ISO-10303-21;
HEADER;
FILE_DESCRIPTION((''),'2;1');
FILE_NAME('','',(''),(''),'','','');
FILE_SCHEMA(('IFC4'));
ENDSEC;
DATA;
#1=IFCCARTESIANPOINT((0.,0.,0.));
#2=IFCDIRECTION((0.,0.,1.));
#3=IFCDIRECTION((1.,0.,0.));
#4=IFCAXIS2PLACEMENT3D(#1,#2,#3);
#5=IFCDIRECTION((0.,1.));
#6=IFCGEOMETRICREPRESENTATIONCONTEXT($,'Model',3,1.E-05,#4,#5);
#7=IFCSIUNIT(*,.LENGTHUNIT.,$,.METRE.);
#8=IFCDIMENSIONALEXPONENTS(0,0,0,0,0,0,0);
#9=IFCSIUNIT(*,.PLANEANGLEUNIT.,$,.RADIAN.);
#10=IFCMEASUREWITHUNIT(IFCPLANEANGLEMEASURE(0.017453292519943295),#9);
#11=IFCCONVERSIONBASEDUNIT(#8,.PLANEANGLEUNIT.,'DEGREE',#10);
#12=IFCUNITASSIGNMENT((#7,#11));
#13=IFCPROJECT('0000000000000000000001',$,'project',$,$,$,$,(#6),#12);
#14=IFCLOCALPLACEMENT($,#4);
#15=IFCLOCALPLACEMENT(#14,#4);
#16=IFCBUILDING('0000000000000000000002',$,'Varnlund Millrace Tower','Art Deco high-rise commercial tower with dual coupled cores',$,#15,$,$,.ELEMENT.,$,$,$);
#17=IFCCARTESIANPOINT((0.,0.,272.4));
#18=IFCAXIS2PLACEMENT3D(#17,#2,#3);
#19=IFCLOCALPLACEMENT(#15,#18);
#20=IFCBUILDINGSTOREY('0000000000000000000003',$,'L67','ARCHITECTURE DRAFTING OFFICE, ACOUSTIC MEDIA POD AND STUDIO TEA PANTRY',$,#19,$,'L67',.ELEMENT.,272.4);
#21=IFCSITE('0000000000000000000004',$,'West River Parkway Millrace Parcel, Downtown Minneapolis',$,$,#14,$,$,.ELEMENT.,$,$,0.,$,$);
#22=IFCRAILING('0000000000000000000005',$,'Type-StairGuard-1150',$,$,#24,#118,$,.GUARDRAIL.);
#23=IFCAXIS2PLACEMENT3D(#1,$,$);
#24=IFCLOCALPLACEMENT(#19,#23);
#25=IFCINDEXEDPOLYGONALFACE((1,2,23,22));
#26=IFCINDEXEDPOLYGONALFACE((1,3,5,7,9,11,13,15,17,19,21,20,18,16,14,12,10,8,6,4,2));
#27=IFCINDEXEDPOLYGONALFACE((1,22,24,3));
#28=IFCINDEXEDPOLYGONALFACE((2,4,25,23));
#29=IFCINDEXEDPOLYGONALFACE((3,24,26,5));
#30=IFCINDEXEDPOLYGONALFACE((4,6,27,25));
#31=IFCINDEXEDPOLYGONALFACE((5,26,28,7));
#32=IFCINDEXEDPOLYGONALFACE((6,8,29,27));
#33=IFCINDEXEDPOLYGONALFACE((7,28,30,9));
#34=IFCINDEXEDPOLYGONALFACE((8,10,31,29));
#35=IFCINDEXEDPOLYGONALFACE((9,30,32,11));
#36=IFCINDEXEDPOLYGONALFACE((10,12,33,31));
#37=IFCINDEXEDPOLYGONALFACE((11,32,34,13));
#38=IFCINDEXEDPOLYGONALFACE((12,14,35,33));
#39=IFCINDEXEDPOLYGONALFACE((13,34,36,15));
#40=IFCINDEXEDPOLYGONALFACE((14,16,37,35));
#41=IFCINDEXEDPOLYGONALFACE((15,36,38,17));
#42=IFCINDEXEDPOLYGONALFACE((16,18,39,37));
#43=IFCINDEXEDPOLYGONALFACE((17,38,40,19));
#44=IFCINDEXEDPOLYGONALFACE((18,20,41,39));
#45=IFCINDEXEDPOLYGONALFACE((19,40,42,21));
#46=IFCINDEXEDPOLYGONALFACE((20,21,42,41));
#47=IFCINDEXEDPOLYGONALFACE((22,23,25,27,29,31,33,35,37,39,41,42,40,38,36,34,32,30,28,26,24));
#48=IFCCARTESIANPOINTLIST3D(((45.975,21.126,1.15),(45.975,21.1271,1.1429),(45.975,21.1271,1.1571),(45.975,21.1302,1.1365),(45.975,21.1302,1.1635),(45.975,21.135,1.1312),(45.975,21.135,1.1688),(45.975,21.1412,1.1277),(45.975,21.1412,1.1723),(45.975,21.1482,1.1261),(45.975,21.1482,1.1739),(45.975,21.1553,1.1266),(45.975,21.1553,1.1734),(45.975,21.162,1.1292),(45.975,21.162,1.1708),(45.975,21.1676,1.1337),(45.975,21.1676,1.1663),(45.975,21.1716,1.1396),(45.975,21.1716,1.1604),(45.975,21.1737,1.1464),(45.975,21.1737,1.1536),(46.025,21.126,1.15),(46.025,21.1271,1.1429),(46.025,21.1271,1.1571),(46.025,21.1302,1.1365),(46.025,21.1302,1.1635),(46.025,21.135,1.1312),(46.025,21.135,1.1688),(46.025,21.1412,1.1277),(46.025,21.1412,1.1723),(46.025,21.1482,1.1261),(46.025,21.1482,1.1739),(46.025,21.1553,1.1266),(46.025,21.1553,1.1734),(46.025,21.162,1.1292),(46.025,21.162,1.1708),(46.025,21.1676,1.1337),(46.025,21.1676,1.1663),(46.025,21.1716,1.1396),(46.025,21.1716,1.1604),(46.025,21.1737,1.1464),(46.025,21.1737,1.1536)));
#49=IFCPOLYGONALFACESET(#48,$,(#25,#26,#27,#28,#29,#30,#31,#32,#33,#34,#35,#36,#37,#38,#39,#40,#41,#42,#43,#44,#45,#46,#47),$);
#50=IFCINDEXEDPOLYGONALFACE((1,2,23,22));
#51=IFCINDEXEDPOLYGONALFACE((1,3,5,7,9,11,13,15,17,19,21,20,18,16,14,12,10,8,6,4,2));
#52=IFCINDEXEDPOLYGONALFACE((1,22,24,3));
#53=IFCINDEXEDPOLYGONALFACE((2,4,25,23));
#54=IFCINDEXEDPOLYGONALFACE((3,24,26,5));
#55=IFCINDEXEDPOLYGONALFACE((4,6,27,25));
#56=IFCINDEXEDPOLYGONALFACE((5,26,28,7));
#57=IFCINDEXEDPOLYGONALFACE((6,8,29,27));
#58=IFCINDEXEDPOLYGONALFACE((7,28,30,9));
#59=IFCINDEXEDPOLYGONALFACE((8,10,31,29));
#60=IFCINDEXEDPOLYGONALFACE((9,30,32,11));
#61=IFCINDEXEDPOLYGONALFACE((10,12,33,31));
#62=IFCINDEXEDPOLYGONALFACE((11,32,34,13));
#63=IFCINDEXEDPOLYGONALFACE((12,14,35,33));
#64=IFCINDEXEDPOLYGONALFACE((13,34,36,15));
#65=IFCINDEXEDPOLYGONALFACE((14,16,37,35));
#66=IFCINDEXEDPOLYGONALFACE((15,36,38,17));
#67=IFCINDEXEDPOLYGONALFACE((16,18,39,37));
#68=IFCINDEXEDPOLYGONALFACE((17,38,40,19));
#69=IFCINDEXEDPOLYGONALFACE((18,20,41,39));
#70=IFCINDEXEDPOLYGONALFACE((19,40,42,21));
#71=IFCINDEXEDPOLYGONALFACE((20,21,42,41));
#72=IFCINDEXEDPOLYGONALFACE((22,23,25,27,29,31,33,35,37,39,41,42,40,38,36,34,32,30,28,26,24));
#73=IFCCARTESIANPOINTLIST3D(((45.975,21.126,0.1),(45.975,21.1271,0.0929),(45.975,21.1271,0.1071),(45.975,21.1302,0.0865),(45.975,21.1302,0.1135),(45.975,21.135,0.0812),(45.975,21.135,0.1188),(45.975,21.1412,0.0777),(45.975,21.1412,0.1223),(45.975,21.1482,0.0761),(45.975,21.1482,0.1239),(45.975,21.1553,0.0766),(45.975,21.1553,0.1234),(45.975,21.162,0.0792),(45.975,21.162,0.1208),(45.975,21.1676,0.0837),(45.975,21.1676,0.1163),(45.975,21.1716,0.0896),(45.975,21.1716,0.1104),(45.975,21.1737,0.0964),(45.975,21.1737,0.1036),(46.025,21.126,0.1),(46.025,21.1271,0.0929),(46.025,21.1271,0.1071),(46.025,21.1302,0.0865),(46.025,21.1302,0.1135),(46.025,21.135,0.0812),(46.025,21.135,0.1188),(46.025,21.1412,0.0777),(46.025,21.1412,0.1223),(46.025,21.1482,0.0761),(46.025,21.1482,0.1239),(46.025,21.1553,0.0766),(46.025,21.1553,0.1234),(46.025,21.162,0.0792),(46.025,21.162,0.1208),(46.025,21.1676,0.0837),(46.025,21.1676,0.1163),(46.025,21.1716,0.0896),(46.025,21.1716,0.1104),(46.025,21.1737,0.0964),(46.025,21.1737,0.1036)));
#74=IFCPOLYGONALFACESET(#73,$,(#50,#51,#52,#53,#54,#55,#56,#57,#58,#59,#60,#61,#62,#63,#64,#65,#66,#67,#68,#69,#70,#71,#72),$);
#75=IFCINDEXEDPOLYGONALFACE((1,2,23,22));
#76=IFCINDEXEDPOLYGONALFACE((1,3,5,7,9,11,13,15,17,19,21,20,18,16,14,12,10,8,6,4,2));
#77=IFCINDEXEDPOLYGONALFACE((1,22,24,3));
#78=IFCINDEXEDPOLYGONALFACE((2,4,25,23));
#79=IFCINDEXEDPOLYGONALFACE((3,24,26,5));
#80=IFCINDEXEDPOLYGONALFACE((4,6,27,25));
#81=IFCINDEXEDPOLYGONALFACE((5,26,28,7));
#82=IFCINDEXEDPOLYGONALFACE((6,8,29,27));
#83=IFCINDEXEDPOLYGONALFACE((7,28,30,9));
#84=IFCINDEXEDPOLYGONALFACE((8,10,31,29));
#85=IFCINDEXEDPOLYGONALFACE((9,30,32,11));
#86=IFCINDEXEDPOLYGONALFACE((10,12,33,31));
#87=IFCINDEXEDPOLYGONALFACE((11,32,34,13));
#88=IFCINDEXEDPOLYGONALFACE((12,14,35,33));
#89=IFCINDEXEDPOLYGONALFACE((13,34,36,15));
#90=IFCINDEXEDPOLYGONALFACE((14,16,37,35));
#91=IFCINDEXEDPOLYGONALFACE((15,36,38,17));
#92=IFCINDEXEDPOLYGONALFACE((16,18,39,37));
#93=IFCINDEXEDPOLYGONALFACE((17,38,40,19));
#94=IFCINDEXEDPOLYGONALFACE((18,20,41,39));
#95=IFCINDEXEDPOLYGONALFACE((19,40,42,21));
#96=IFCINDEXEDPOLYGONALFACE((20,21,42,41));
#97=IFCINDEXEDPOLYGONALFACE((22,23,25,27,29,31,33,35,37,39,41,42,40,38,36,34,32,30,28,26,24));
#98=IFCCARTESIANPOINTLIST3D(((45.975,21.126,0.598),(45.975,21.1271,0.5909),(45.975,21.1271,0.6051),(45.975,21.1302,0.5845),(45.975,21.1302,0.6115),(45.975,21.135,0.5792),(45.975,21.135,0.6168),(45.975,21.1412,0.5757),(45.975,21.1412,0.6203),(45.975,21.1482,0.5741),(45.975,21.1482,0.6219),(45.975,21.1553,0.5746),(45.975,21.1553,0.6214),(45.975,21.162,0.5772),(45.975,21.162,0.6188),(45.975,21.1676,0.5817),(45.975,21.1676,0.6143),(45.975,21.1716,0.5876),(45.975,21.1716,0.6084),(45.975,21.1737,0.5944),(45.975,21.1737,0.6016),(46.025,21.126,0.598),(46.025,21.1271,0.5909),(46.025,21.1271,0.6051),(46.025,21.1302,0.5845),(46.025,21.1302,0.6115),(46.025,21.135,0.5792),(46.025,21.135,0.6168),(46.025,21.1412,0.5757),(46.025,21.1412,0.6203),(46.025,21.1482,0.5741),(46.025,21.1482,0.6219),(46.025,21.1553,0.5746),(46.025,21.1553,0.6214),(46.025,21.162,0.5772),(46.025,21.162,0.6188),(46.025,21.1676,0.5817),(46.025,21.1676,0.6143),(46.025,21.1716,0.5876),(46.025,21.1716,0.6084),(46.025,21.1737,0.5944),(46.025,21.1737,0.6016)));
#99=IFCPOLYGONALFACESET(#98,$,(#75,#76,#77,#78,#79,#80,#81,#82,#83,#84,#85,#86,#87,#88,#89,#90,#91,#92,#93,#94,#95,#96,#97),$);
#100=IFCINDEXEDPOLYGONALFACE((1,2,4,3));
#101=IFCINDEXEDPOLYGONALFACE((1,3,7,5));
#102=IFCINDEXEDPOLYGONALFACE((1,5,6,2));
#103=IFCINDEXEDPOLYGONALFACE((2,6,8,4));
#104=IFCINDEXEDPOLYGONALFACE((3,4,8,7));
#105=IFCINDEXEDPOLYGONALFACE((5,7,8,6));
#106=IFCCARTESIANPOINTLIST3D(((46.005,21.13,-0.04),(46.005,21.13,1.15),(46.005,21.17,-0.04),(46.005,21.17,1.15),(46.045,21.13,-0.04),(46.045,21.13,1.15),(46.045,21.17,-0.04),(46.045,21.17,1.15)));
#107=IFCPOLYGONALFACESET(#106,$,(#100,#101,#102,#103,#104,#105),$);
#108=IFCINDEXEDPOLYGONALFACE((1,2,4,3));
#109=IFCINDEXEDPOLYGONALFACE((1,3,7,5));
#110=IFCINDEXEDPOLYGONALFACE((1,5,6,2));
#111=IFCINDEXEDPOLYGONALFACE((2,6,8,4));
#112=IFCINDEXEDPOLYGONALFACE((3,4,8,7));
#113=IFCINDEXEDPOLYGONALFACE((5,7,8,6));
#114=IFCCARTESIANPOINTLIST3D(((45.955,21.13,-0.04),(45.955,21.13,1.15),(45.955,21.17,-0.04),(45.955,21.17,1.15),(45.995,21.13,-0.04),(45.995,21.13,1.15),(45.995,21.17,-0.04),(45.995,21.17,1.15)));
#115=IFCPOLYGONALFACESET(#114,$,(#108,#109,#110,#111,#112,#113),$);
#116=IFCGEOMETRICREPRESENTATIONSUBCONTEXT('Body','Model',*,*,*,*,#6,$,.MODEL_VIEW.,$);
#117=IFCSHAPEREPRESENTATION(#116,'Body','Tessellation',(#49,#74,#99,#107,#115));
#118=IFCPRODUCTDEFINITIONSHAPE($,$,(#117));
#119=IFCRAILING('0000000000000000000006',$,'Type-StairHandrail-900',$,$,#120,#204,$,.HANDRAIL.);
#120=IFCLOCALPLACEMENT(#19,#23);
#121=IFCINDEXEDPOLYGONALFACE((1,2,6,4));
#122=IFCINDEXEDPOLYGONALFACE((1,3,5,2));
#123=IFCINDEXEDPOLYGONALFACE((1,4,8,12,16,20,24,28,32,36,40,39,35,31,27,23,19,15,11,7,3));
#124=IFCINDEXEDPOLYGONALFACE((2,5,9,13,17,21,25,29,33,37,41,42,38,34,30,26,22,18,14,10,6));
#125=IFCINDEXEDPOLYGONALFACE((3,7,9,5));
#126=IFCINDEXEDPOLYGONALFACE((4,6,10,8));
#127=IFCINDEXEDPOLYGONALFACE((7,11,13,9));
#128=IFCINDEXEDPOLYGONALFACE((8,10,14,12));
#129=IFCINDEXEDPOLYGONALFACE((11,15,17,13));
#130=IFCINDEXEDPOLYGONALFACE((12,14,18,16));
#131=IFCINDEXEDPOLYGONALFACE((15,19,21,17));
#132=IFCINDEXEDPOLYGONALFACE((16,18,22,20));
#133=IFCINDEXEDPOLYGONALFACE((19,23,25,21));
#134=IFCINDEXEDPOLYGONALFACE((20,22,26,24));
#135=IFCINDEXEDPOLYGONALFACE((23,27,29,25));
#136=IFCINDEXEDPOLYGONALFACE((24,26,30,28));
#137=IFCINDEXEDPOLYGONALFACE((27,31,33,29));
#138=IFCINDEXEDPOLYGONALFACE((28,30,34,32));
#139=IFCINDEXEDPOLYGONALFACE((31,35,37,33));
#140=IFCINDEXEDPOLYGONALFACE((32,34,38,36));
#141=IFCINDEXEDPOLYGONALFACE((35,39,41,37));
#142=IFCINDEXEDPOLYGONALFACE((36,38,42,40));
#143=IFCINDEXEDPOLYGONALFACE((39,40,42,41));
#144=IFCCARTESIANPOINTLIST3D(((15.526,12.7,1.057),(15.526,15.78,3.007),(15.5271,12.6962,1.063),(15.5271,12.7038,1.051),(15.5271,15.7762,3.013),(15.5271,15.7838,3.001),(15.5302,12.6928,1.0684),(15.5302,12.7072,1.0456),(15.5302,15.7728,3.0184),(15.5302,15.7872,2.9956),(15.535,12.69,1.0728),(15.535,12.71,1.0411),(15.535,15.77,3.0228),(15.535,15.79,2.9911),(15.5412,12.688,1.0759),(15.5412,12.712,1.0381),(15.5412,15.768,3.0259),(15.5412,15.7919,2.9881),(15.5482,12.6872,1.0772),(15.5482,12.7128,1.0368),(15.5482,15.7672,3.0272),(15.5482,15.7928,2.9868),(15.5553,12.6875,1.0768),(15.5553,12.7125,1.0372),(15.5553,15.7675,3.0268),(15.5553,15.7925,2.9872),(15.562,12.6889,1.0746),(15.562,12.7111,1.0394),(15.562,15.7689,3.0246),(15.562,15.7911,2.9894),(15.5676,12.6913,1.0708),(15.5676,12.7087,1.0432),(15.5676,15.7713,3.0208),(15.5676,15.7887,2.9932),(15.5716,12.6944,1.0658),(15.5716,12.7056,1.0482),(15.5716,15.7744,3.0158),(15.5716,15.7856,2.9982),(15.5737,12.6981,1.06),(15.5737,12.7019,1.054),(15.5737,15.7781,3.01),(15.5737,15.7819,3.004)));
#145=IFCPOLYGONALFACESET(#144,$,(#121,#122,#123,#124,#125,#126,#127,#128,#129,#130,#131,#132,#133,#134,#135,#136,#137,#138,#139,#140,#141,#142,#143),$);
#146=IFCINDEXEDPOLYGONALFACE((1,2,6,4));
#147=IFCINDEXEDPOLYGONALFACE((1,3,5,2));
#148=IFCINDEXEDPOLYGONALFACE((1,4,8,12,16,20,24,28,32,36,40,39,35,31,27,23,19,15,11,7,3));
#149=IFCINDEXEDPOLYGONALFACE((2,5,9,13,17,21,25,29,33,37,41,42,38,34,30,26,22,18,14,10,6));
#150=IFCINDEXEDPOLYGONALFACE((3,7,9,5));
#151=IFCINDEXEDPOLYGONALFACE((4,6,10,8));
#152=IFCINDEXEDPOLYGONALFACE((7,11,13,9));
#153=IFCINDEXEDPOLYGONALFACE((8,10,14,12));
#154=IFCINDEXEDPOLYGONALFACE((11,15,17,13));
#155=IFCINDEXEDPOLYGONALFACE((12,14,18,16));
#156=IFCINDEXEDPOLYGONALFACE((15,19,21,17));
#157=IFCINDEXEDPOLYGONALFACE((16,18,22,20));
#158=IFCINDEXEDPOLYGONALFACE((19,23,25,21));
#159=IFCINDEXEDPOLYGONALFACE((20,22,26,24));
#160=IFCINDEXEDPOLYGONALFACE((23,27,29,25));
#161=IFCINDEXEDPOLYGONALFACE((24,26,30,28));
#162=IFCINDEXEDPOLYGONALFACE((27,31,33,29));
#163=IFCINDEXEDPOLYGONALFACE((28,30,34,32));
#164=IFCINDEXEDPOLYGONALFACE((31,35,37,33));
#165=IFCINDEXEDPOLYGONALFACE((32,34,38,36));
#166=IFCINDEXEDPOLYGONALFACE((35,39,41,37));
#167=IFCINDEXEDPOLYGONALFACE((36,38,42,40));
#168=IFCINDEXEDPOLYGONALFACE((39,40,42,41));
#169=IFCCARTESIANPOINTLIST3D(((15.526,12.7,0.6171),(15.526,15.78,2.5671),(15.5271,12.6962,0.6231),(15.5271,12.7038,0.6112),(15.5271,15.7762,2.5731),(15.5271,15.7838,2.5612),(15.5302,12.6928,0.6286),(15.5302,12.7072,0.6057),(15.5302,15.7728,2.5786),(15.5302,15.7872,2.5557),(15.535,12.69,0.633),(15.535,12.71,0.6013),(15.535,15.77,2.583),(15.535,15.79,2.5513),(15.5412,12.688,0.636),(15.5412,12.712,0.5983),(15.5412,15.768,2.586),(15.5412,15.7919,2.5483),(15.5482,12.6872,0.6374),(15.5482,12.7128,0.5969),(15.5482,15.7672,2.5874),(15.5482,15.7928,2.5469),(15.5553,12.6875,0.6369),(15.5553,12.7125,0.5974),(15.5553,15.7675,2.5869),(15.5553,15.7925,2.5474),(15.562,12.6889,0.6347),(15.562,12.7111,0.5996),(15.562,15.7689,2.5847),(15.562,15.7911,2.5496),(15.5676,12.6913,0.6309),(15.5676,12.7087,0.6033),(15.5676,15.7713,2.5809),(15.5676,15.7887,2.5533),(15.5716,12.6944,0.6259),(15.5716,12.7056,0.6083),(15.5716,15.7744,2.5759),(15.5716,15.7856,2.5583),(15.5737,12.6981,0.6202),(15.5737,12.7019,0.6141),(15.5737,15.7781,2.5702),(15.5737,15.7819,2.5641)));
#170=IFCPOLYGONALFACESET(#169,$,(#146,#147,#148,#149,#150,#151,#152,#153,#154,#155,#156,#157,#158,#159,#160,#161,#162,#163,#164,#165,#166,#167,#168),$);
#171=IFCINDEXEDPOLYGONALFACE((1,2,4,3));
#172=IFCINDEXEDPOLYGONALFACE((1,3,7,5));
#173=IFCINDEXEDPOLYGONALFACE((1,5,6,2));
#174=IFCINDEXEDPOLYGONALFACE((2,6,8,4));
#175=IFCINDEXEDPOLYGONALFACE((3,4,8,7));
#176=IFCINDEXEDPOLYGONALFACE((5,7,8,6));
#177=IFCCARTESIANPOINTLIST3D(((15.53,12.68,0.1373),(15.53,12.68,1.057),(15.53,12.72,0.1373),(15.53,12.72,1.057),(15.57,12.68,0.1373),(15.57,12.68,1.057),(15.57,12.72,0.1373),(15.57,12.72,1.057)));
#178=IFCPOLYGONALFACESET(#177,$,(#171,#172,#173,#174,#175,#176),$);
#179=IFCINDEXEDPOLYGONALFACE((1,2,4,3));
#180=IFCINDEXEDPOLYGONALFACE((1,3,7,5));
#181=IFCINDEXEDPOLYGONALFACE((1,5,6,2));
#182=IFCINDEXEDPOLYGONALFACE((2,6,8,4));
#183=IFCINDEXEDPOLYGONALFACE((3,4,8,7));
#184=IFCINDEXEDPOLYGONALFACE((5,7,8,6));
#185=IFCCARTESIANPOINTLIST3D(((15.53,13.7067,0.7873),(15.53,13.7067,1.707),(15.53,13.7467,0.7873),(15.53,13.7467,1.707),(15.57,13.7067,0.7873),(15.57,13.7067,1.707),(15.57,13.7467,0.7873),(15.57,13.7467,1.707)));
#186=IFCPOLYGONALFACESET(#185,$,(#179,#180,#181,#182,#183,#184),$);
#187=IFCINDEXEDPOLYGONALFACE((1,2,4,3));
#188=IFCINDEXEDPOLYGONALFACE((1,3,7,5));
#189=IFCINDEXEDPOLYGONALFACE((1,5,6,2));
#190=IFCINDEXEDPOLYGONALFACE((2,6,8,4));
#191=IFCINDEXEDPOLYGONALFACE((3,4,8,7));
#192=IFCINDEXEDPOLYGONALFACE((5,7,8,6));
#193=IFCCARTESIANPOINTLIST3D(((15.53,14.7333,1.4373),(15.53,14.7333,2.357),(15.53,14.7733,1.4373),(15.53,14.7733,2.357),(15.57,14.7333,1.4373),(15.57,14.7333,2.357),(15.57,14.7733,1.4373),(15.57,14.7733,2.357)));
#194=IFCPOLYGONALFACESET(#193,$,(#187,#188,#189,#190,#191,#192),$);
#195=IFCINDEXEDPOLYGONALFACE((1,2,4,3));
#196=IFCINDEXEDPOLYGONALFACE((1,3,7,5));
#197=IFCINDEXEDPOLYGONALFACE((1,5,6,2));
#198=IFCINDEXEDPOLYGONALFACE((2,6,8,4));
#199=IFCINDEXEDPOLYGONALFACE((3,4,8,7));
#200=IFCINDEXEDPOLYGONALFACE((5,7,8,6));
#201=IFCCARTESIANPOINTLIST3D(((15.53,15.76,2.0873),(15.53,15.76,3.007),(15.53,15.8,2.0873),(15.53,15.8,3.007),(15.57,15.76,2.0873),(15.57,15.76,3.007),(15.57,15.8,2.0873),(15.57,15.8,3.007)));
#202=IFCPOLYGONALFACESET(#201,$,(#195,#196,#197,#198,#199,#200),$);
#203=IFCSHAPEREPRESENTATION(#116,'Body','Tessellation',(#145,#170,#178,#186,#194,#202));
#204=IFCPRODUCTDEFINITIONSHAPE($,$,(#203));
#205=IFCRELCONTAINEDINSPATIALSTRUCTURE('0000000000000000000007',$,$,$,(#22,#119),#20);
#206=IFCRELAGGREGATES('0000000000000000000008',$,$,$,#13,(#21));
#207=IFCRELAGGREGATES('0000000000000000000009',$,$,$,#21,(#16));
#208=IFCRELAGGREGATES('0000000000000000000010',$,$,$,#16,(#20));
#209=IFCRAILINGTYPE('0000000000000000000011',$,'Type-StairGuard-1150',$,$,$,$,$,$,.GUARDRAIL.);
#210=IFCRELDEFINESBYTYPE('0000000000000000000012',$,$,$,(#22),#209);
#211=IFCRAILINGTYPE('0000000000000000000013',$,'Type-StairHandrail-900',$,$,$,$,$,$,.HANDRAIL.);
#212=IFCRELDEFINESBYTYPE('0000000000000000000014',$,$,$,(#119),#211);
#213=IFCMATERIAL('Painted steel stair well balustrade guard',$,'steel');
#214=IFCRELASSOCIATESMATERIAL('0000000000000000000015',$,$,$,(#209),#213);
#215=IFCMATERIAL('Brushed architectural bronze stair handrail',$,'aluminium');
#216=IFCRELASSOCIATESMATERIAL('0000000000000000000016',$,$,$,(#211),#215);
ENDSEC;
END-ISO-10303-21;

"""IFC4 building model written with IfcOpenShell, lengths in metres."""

from ifc_helpers import new_model, entity, si_unit, converted_unit, direction, frame, origin_with_axes, origin_2d_with_axis, place, context, subcontext, project, spatial, rectangle, circle, extrude, material, type_object, element, save


model = new_model("IFC4")

# Units and contexts
model_context = context("Model", 3, precision=1e-05, world=origin_with_axes(), true_north=direction((0.0, 1.0)))
body_context = subcontext(model_context, "Body", "Model", "MODEL_VIEW")
ifc_project = project(units=[si_unit("LENGTHUNIT", "METRE"), converted_unit("PLANEANGLEUNIT", "DEGREE", entity("IfcPlaneAngleMeasure", 0.017453292519943295), si_unit("PLANEANGLEUNIT", "RADIAN"), dimensions=[0, 0, 0, 0, 0, 0, 0])], contexts=[model_context])

# Site, building, storey
site_placement = place(None, origin_with_axes())
site = spatial("IfcSite", under=ifc_project, at=site_placement, Name="West River Parkway Millrace Parcel, Downtown Minneapolis", CompositionType="ELEMENT", RefElevation=0.0)
building_placement = place(site_placement, origin_with_axes())
building = spatial("IfcBuilding", under=site, at=building_placement, Name="Varnlund Millrace Tower", Description="Art Deco high-rise commercial tower with dual coupled cores", CompositionType="ELEMENT")
storey_placement = place(building_placement, frame((0.0, 0.0, 272.4), z_axis=(0.0, 0.0, 1.0), x_axis=(1.0, 0.0, 0.0)))
storey = spatial("IfcBuildingStorey", under=building, at=storey_placement, Name="L67", Description="ARCHITECTURE DRAFTING OFFICE, ACOUSTIC MEDIA POD AND STUDIO TEA PANTRY", LongName="L67", CompositionType="ELEMENT", Elevation=272.4)

# Railings
ifc_material_1 = material(Name="Painted steel stair well balustrade guard", Category="steel")
railing_type_1 = type_object("IfcRailingType", Name="Type-StairGuard-1150", PredefinedType="GUARDRAIL", material=ifc_material_1)
railing_1_placement = place(storey_placement, frame((0.0, 0.0, -272.4), z_axis=(0.0, 0.0, 1.0), x_axis=(1.0, 0.0, 0.0)))
element("IfcRailing", 1, at=railing_1_placement, inside=storey, type_object=railing_type_1, Name="Type-StairGuard-1150", PredefinedType="GUARDRAIL", context=body_context, shape_type="SweptSolid", body=[
    extrude(circle(Radius=0.024, at=origin_2d_with_axis()), frame((46.025, 21.15, 273.55), z_axis=(-1.0, 0.0, 0.0), x_axis=(0.0, -1.0, 0.0)), (0.0, 0.0, 1.0), 0.05),
    extrude(circle(Radius=0.024, at=origin_2d_with_axis()), frame((46.025, 21.15, 272.5), z_axis=(-1.0, 0.0, 0.0), x_axis=(0.0, -1.0, 0.0)), (0.0, 0.0, 1.0), 0.05),
    extrude(circle(Radius=0.024, at=origin_2d_with_axis()), frame((46.025, 21.15, 272.998), z_axis=(-1.0, 0.0, 0.0), x_axis=(0.0, -1.0, 0.0)), (0.0, 0.0, 1.0), 0.05),
    extrude(rectangle(XDim=0.04, YDim=0.04, at=origin_2d_with_axis()), frame((46.025, 21.15, 272.36), z_axis=(0.0, 0.0, 1.0), x_axis=(1.0, 0.0, 0.0)), (0.0, 0.0, 1.0), 1.19),
    extrude(rectangle(XDim=0.04, YDim=0.04, at=origin_2d_with_axis()), frame((45.975, 21.15, 272.36), z_axis=(0.0, 0.0, 1.0), x_axis=(1.0, 0.0, 0.0)), (0.0, 0.0, 1.0), 1.19),
])
ifc_material_2 = material(Name="Brushed architectural bronze stair handrail", Category="aluminium")
railing_type_2 = type_object("IfcRailingType", Name="Type-StairHandrail-900", PredefinedType="HANDRAIL", material=ifc_material_2)
railing_2_placement = place(storey_placement, frame((0.0, 0.0, -272.4), z_axis=(0.0, 0.0, 1.0), x_axis=(1.0, 0.0, 0.0)))
element("IfcRailing", 2, at=railing_2_placement, inside=storey, type_object=railing_type_2, Name="Type-StairHandrail-900", PredefinedType="HANDRAIL", context=body_context, shape_type="SweptSolid", body=[
    extrude(circle(Radius=0.024, at=origin_2d_with_axis()), frame((15.55, 12.7, 273.457), z_axis=(0.0, 0.844902, 0.534922), x_axis=(-1.0, 0.0, 0.0)), (0.0, 0.0, 1.0), 3.6454),
    extrude(circle(Radius=0.024, at=origin_2d_with_axis()), frame((15.55, 12.7, 273.0171), z_axis=(0.0, 0.844902, 0.534922), x_axis=(-1.0, 0.0, 0.0)), (0.0, 0.0, 1.0), 3.6454),
    extrude(rectangle(XDim=0.04, YDim=0.04, at=origin_2d_with_axis()), frame((15.55, 12.7, 272.5373), z_axis=(0.0, 0.0, 1.0), x_axis=(1.0, 0.0, 0.0)), (0.0, 0.0, 1.0), 0.9197),
    extrude(rectangle(XDim=0.04, YDim=0.04, at=origin_2d_with_axis()), frame((15.55, 13.7267, 273.1873), z_axis=(0.0, 0.0, 1.0), x_axis=(1.0, 0.0, 0.0)), (0.0, 0.0, 1.0), 0.9197),
    extrude(rectangle(XDim=0.04, YDim=0.04, at=origin_2d_with_axis()), frame((15.55, 14.7533, 273.8373), z_axis=(0.0, 0.0, 1.0), x_axis=(1.0, 0.0, 0.0)), (0.0, 0.0, 1.0), 0.9197),
    extrude(rectangle(XDim=0.04, YDim=0.04, at=origin_2d_with_axis()), frame((15.55, 15.78, 274.4873), z_axis=(0.0, 0.0, 1.0), x_axis=(1.0, 0.0, 0.0)), (0.0, 0.0, 1.0), 0.9197),
])

save(model, "model.ifc")
